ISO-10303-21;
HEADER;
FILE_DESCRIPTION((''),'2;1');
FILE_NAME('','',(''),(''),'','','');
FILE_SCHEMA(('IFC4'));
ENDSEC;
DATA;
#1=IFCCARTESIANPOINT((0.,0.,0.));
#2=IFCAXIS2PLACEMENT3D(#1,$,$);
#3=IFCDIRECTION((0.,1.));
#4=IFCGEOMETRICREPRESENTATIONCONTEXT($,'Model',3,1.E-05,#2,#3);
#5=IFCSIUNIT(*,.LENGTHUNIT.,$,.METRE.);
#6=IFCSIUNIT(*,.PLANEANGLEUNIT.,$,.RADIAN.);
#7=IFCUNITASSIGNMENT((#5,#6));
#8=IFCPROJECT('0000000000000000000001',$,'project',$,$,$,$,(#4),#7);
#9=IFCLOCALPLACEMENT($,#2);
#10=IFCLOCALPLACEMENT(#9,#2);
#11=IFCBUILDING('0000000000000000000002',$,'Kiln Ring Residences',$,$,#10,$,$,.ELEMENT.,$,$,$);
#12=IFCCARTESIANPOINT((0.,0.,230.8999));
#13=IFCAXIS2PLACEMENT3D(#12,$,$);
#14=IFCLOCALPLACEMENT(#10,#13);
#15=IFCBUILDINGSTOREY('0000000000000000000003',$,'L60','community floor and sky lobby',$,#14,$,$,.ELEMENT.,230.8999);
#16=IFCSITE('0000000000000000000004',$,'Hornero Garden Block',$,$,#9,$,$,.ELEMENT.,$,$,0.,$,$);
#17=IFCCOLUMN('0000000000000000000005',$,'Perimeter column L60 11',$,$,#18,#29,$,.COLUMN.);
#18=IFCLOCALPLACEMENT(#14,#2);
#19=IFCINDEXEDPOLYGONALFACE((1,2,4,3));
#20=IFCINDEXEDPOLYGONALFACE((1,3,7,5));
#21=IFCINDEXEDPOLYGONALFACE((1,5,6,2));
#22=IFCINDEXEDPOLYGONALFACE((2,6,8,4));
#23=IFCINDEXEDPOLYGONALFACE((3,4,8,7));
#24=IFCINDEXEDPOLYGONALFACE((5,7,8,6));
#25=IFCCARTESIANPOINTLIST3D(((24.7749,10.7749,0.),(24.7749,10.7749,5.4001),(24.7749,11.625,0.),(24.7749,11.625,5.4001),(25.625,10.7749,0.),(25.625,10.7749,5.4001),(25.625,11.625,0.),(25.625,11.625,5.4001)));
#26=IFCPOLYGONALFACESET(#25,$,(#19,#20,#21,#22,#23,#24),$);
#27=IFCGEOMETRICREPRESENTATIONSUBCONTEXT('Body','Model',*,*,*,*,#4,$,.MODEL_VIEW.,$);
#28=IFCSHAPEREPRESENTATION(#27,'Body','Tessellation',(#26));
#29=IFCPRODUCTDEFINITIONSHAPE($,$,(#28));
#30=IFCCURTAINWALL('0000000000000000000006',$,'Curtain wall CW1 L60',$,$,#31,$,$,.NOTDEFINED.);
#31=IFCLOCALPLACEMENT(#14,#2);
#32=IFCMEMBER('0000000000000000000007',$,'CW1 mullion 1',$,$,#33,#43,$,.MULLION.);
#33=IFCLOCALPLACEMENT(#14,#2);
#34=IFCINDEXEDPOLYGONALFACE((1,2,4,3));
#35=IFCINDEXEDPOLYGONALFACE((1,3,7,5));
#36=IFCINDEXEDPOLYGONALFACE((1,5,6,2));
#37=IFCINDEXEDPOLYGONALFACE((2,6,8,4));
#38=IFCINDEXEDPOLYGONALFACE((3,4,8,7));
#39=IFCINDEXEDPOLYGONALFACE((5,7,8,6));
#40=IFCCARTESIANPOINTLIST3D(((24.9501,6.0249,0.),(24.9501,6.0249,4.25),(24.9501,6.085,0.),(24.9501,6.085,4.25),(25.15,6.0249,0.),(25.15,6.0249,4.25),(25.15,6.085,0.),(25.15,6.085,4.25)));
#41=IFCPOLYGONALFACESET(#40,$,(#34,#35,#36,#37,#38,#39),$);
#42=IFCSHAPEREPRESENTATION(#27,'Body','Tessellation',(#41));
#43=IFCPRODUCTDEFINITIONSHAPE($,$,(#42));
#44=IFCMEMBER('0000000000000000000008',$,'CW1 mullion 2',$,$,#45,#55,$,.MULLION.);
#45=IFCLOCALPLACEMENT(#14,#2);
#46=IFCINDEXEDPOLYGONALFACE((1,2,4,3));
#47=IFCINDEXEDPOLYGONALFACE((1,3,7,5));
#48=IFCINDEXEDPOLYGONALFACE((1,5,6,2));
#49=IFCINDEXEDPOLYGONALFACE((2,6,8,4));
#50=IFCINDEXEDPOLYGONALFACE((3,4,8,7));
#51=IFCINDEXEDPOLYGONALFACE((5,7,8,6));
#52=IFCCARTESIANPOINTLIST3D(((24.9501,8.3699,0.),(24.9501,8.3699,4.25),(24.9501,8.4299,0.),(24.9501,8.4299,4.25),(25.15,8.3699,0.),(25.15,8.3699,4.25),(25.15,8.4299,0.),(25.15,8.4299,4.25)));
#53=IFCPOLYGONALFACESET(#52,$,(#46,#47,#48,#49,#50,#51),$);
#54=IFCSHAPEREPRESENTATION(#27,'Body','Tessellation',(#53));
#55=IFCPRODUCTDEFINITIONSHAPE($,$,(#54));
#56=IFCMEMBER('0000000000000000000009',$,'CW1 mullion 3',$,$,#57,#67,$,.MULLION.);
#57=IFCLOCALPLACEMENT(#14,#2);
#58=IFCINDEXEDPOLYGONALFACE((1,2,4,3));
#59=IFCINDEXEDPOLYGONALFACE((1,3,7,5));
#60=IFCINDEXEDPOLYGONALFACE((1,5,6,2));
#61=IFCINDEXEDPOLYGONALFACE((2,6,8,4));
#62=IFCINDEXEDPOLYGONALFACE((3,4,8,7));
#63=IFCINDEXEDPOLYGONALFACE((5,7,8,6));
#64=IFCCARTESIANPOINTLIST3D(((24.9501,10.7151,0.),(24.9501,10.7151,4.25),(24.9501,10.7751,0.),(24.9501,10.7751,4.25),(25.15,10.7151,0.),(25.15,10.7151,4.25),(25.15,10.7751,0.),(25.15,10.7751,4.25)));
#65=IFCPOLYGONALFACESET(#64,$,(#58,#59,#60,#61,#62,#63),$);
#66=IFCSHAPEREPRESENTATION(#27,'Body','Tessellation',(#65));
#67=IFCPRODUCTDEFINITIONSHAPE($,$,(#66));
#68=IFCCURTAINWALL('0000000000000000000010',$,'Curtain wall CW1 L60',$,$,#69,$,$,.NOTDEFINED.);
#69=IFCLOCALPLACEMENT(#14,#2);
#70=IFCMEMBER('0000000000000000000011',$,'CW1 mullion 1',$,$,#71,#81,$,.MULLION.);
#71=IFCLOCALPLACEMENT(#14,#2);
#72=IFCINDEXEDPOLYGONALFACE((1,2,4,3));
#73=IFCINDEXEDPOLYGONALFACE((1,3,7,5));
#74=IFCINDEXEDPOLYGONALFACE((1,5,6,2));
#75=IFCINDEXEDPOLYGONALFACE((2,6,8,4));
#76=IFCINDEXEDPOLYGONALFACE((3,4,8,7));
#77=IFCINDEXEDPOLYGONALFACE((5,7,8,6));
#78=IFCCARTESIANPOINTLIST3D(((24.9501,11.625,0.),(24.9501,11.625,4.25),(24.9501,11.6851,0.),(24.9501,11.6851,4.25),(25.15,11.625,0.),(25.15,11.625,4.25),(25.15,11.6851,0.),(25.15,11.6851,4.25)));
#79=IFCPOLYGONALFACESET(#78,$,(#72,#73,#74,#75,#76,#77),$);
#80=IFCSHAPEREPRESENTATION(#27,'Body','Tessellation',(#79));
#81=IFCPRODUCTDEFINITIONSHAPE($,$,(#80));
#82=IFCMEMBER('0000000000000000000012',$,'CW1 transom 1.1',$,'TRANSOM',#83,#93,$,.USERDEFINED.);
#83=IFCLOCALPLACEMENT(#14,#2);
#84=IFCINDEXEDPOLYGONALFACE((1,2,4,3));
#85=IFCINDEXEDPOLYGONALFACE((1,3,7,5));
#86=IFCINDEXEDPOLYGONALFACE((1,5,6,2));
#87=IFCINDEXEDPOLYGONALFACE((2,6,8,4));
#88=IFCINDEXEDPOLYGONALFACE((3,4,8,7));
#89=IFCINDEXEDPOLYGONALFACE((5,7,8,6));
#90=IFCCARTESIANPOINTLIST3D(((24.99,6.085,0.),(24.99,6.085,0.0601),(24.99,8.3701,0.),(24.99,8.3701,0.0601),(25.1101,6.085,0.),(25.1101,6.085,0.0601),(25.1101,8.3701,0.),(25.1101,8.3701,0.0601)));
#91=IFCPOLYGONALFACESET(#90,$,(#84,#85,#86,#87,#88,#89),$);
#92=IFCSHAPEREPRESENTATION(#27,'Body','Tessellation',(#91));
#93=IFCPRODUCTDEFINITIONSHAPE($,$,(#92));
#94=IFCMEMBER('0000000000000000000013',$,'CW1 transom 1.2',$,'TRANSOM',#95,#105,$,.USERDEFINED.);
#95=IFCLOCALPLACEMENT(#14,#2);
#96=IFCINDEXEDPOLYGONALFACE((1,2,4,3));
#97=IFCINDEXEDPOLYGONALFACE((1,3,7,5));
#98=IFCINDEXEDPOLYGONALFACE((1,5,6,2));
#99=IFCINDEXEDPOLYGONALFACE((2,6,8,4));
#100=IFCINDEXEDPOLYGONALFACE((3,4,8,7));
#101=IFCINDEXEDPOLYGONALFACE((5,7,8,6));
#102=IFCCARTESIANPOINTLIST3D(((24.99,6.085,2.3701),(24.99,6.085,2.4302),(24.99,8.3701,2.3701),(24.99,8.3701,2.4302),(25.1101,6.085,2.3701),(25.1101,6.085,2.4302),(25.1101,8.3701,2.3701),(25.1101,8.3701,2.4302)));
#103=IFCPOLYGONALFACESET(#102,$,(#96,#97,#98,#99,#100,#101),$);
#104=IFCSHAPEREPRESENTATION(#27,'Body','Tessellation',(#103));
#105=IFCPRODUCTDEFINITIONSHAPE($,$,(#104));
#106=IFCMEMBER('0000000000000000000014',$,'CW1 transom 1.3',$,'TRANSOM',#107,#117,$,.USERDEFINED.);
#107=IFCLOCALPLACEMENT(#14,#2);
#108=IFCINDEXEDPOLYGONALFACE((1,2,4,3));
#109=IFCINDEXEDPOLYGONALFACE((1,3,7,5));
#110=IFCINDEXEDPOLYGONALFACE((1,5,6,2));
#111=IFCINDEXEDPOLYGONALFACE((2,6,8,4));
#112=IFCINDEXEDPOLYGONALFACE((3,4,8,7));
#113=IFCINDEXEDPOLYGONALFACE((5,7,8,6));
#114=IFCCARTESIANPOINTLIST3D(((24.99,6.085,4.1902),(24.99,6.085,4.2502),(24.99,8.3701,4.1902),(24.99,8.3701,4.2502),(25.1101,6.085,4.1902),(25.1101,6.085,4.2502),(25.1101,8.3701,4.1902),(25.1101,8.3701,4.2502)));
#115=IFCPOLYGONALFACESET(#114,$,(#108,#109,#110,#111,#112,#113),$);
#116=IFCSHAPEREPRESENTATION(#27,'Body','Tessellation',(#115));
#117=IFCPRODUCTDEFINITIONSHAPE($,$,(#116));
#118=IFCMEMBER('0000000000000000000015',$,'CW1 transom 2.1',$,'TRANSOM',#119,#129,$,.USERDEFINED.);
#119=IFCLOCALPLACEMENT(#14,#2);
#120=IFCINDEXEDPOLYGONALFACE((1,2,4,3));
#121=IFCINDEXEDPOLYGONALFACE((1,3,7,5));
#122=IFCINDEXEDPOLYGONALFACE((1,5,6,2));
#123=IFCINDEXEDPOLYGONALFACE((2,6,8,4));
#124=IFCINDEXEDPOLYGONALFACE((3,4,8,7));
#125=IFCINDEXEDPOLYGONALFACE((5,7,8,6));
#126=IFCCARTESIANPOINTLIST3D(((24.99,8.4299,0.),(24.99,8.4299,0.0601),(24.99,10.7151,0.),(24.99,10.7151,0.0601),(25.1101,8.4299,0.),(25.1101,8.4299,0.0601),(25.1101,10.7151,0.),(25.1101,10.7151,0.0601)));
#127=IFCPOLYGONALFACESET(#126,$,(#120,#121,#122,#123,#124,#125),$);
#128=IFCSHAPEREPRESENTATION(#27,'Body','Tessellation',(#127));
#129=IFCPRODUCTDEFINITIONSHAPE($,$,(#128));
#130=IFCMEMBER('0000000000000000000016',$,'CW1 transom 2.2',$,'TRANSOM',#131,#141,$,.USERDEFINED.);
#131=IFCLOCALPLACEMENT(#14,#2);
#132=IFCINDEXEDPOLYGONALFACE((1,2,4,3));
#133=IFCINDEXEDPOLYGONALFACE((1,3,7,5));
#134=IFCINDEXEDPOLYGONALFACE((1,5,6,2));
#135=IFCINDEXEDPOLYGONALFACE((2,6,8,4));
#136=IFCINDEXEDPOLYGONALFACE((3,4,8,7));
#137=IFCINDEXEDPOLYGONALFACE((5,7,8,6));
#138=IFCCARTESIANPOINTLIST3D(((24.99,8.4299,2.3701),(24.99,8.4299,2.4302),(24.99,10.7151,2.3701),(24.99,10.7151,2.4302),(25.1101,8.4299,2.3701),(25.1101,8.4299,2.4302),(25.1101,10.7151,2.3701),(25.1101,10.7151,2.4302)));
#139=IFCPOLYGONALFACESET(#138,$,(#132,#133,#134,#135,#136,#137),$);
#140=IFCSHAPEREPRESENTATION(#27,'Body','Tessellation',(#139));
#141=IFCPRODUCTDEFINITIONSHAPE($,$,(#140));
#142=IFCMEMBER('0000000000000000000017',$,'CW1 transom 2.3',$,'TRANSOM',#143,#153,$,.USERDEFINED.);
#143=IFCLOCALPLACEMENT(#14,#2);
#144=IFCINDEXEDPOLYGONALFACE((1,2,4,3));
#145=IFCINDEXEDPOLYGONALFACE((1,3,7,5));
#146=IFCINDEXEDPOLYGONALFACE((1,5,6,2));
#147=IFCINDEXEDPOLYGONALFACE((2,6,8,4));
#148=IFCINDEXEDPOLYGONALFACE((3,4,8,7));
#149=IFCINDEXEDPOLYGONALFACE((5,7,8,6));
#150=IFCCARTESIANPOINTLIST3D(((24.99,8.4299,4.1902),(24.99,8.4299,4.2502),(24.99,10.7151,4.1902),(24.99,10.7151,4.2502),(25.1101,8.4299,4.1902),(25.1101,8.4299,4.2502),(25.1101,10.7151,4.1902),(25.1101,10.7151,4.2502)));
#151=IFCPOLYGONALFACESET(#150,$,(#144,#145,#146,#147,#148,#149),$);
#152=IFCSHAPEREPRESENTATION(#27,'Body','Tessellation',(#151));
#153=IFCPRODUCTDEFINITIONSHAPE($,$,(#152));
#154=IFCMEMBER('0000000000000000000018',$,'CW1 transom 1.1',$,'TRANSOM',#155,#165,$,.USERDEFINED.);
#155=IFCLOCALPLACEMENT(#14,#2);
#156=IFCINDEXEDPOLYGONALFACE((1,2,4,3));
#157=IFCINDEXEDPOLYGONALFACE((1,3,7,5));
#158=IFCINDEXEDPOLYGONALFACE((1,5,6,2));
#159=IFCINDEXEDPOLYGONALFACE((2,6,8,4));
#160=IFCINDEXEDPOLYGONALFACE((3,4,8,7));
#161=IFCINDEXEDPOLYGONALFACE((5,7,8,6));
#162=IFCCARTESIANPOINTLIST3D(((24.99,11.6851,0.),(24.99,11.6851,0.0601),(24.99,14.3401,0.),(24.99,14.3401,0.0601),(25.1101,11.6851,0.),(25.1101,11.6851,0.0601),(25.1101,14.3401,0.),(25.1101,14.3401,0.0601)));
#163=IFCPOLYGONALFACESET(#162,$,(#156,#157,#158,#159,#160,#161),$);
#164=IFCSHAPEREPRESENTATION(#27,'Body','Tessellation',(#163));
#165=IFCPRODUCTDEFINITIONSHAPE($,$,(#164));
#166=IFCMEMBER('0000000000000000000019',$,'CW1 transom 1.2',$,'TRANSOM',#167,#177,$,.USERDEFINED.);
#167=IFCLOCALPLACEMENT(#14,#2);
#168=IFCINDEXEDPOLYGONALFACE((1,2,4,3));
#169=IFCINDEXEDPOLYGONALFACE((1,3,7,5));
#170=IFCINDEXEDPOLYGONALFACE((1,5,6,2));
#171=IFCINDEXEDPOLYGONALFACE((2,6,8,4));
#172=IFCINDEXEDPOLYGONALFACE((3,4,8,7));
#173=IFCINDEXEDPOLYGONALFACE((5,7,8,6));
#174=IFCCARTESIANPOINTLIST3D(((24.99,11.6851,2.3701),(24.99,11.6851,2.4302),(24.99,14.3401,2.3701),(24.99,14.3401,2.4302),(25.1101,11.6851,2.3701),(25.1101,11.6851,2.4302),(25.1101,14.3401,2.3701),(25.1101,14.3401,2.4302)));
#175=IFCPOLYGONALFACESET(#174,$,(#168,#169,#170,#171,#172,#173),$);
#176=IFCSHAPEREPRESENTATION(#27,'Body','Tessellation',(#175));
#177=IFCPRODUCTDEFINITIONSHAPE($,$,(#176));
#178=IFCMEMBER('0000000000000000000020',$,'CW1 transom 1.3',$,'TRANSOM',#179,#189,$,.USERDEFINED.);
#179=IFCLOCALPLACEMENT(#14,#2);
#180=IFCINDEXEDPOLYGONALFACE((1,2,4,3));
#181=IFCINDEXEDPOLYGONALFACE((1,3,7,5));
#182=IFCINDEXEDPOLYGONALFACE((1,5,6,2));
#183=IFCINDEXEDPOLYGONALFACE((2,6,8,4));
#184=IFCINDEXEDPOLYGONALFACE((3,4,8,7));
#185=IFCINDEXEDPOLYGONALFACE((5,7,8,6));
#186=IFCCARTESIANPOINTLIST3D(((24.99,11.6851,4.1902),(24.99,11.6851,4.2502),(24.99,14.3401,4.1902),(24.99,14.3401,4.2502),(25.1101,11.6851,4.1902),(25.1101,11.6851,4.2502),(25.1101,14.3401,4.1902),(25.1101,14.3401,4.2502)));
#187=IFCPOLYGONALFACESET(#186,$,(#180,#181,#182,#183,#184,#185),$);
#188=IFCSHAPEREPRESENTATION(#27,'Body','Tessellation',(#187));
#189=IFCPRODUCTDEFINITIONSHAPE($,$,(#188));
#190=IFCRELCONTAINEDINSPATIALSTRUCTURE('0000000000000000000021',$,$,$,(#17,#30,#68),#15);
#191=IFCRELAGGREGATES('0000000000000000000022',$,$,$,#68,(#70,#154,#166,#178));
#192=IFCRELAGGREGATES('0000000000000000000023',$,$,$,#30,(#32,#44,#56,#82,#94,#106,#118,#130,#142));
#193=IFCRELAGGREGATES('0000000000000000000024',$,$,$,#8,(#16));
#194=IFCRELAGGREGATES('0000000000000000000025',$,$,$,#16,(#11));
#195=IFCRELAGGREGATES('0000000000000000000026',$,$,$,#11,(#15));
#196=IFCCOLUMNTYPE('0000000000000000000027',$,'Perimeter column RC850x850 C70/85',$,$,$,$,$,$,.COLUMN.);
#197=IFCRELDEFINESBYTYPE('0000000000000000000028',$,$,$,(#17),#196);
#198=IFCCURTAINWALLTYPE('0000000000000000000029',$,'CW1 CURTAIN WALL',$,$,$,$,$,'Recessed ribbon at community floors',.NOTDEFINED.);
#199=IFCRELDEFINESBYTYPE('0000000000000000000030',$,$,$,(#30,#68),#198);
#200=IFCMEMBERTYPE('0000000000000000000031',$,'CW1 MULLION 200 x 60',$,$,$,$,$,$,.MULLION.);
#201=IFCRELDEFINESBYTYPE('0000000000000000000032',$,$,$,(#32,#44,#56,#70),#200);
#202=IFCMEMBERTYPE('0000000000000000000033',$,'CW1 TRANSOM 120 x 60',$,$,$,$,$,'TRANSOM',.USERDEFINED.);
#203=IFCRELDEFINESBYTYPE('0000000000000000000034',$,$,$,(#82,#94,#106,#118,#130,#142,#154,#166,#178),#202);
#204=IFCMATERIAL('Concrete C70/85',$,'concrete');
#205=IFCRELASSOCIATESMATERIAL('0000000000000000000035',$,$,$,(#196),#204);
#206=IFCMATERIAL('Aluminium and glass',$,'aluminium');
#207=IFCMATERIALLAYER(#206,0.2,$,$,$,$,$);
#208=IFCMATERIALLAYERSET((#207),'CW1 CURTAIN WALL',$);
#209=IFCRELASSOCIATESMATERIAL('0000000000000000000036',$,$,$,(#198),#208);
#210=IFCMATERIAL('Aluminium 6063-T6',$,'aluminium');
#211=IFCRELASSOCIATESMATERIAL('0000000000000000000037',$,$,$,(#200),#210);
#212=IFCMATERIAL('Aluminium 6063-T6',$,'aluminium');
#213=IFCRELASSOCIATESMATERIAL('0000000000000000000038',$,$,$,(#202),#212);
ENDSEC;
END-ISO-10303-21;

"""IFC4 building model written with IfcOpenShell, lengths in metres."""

from ifc_helpers import new_model, si_unit, direction, frame, origin, origin_2d, place, context, subcontext, project, spatial, rectangle, extrude, material, layer, layer_set, material_profile, profile_set, type_object, element, aggregate, save


model = new_model("IFC4")

# Units and contexts
model_context = context("Model", 3, precision=1e-05, world=origin(), true_north=direction((0.0, 1.0)))
body_context = subcontext(model_context, "Body", "Model", "MODEL_VIEW")
ifc_project = project(units=[si_unit("LENGTHUNIT", "METRE"), si_unit("PLANEANGLEUNIT", "RADIAN")], contexts=[model_context])

# Site, building, storey
site_placement = place(None, origin())
site = spatial("IfcSite", under=ifc_project, at=site_placement, Name="Hornero Garden Block", CompositionType="ELEMENT", RefElevation=0.0)
building_placement = place(site_placement, origin())
building = spatial("IfcBuilding", under=site, at=building_placement, Name="Kiln Ring Residences", CompositionType="ELEMENT")
storey_placement = place(building_placement, frame((0.0, 0.0, 230.8999)))
storey = spatial("IfcBuildingStorey", under=building, at=storey_placement, Name="L60", Description="community floor and sky lobby", CompositionType="ELEMENT", Elevation=230.8999)

# Column
ifc_material_1 = material(Name="Concrete C70/85", Category="concrete")
ifc_material_profile_1 = material_profile(ifc_material_1, rectangle(XDim=0.8501, YDim=0.8501, at=origin_2d()), Name="RC850x850")
ifc_profile_set_1 = profile_set([ifc_material_profile_1], Name="Concrete C70/85")
column_type = type_object("IfcColumnType", Name="Perimeter column RC850x850 C70/85", PredefinedType="COLUMN", material=ifc_profile_set_1)
column_placement = place(storey_placement, frame((25.2, 11.2, 0.0), z_axis=(0.0, 0.0, 1.0), x_axis=(1.0, 0.0, 0.0)))
element("IfcColumn", 1, at=column_placement, inside=storey, type_object=column_type, Name="Perimeter column L60 11", PredefinedType="COLUMN", context=body_context, shape_type="SweptSolid", body=[
    extrude(rectangle(XDim=0.8501, YDim=0.8501, at=origin_2d()), origin(), (0.0, 0.0, 1.0), 5.4001),
])

# Curtain wall, members
ifc_material_2 = material(Name="Aluminium and glass", Category="aluminium")
ifc_layer_1 = layer(ifc_material_2, 0.2)
ifc_layer_set_1 = layer_set([ifc_layer_1], Name="CW1 CURTAIN WALL")
curtain_wall_type = type_object("IfcCurtainWallType", Name="CW1 CURTAIN WALL", ElementType="Recessed ribbon at community floors", PredefinedType="NOTDEFINED", material=ifc_layer_set_1)
placement = place(storey_placement, origin())
curtain_wall_1 = element("IfcCurtainWall", 2, at=placement, inside=storey, type_object=curtain_wall_type, Name="Curtain wall CW1 L60", PredefinedType="NOTDEFINED")
ifc_material_3 = material(Name="Aluminium 6063-T6", Category="aluminium")
ifc_material_profile_2 = material_profile(ifc_material_3, rectangle(XDim=0.2, YDim=0.0601, at=origin_2d()), Name="AL 200x60")
ifc_profile_set_2 = profile_set([ifc_material_profile_2], Name="Aluminium 6063-T6")
member_type_1 = type_object("IfcMemberType", Name="CW1 MULLION 200 x 60", PredefinedType="MULLION", material=ifc_profile_set_2)
member_1_placement = place(storey_placement, frame((25.05, 6.0549, 0.0), z_axis=(0.0, 0.0, 1.0), x_axis=(-1.0, 0.0, 0.0)))
member_1 = element("IfcMember", 3, at=member_1_placement, type_object=member_type_1, Name="CW1 mullion 1", PredefinedType="MULLION", context=body_context, shape_type="SweptSolid", body=[
    extrude(rectangle(XDim=0.2, YDim=0.0601, at=origin_2d()), origin(), (0.0, 0.0, 1.0), 4.25),
])
member_2_placement = place(storey_placement, frame((25.05, 8.3999, 0.0), z_axis=(0.0, 0.0, 1.0), x_axis=(-1.0, 0.0, 0.0)))
member_2 = element("IfcMember", 4, at=member_2_placement, type_object=member_type_1, Name="CW1 mullion 2", PredefinedType="MULLION", context=body_context, shape_type="SweptSolid", body=[
    extrude(rectangle(XDim=0.2, YDim=0.0601, at=origin_2d()), origin(), (0.0, 0.0, 1.0), 4.25),
])
member_3_placement = place(storey_placement, frame((25.05, 10.7451, 0.0), z_axis=(0.0, 0.0, 1.0), x_axis=(-1.0, 0.0, 0.0)))
member_3 = element("IfcMember", 5, at=member_3_placement, type_object=member_type_1, Name="CW1 mullion 3", PredefinedType="MULLION", context=body_context, shape_type="SweptSolid", body=[
    extrude(rectangle(XDim=0.2, YDim=0.0601, at=origin_2d()), origin(), (0.0, 0.0, 1.0), 4.25),
])

# Curtain wall, member
curtain_wall_2 = element("IfcCurtainWall", 6, at=placement, inside=storey, type_object=curtain_wall_type, Name="Curtain wall CW1 L60", PredefinedType="NOTDEFINED")
member_4_placement = place(storey_placement, frame((25.05, 11.655, 0.0), z_axis=(0.0, 0.0, 1.0), x_axis=(-1.0, 0.0, 0.0)))
member_4 = element("IfcMember", 7, at=member_4_placement, type_object=member_type_1, Name="CW1 mullion 1", PredefinedType="MULLION", context=body_context, shape_type="SweptSolid", body=[
    extrude(rectangle(XDim=0.2, YDim=0.0601, at=origin_2d()), origin(), (0.0, 0.0, 1.0), 4.25),
])

# Members
ifc_material_4 = material(Name="Aluminium 6063-T6", Category="aluminium")
ifc_material_profile_3 = material_profile(ifc_material_4, rectangle(XDim=0.1201, YDim=0.0601, at=origin_2d()), Name="AL 120x60")
ifc_profile_set_3 = profile_set([ifc_material_profile_3], Name="Aluminium 6063-T6")
member_type_2 = type_object("IfcMemberType", Name="CW1 TRANSOM 120 x 60", ElementType="TRANSOM", PredefinedType="USERDEFINED", material=ifc_profile_set_3)
member_5_placement = place(storey_placement, frame((25.05, 6.085, 0.03), z_axis=(0.0, 1.0, 0.0), x_axis=(-1.0, 0.0, 0.0)))
member_5 = element("IfcMember", 8, at=member_5_placement, type_object=member_type_2, Name="CW1 transom 1.1", ObjectType="TRANSOM", PredefinedType="USERDEFINED", context=body_context, shape_type="SweptSolid", body=[
    extrude(rectangle(XDim=0.1201, YDim=0.0601, at=origin_2d()), origin(), (0.0, 0.0, 1.0), 2.2852),
])
member_6_placement = place(storey_placement, frame((25.05, 6.085, 2.4001), z_axis=(0.0, 1.0, 0.0), x_axis=(-1.0, 0.0, 0.0)))
member_6 = element("IfcMember", 9, at=member_6_placement, type_object=member_type_2, Name="CW1 transom 1.2", ObjectType="TRANSOM", PredefinedType="USERDEFINED", context=body_context, shape_type="SweptSolid", body=[
    extrude(rectangle(XDim=0.1201, YDim=0.0601, at=origin_2d()), origin(), (0.0, 0.0, 1.0), 2.2852),
])
member_7_placement = place(storey_placement, frame((25.05, 6.085, 4.2202), z_axis=(0.0, 1.0, 0.0), x_axis=(-1.0, 0.0, 0.0)))
member_7 = element("IfcMember", 10, at=member_7_placement, type_object=member_type_2, Name="CW1 transom 1.3", ObjectType="TRANSOM", PredefinedType="USERDEFINED", context=body_context, shape_type="SweptSolid", body=[
    extrude(rectangle(XDim=0.1201, YDim=0.0601, at=origin_2d()), origin(), (0.0, 0.0, 1.0), 2.2852),
])
member_8_placement = place(storey_placement, frame((25.05, 8.4299, 0.03), z_axis=(0.0, 1.0, 0.0), x_axis=(-1.0, 0.0, 0.0)))
member_8 = element("IfcMember", 11, at=member_8_placement, type_object=member_type_2, Name="CW1 transom 2.1", ObjectType="TRANSOM", PredefinedType="USERDEFINED", context=body_context, shape_type="SweptSolid", body=[
    extrude(rectangle(XDim=0.1201, YDim=0.0601, at=origin_2d()), origin(), (0.0, 0.0, 1.0), 2.2852),
])
member_9_placement = place(storey_placement, frame((25.05, 8.4299, 2.4001), z_axis=(0.0, 1.0, 0.0), x_axis=(-1.0, 0.0, 0.0)))
member_9 = element("IfcMember", 12, at=member_9_placement, type_object=member_type_2, Name="CW1 transom 2.2", ObjectType="TRANSOM", PredefinedType="USERDEFINED", context=body_context, shape_type="SweptSolid", body=[
    extrude(rectangle(XDim=0.1201, YDim=0.0601, at=origin_2d()), origin(), (0.0, 0.0, 1.0), 2.2852),
])
member_10_placement = place(storey_placement, frame((25.05, 8.4299, 4.2202), z_axis=(0.0, 1.0, 0.0), x_axis=(-1.0, 0.0, 0.0)))
member_10 = element("IfcMember", 13, at=member_10_placement, type_object=member_type_2, Name="CW1 transom 2.3", ObjectType="TRANSOM", PredefinedType="USERDEFINED", context=body_context, shape_type="SweptSolid", body=[
    extrude(rectangle(XDim=0.1201, YDim=0.0601, at=origin_2d()), origin(), (0.0, 0.0, 1.0), 2.2852),
])
member_11_placement = place(storey_placement, frame((25.05, 11.6851, 0.03), z_axis=(0.0, 1.0, 0.0), x_axis=(-1.0, 0.0, 0.0)))
member_11 = element("IfcMember", 14, at=member_11_placement, type_object=member_type_2, Name="CW1 transom 1.1", ObjectType="TRANSOM", PredefinedType="USERDEFINED", context=body_context, shape_type="SweptSolid", body=[
    extrude(rectangle(XDim=0.1201, YDim=0.0601, at=origin_2d()), origin(), (0.0, 0.0, 1.0), 2.655),
])
member_12_placement = place(storey_placement, frame((25.05, 11.6851, 2.4001), z_axis=(0.0, 1.0, 0.0), x_axis=(-1.0, 0.0, 0.0)))
member_12 = element("IfcMember", 15, at=member_12_placement, type_object=member_type_2, Name="CW1 transom 1.2", ObjectType="TRANSOM", PredefinedType="USERDEFINED", context=body_context, shape_type="SweptSolid", body=[
    extrude(rectangle(XDim=0.1201, YDim=0.0601, at=origin_2d()), origin(), (0.0, 0.0, 1.0), 2.655),
])
member_13_placement = place(storey_placement, frame((25.05, 11.6851, 4.2202), z_axis=(0.0, 1.0, 0.0), x_axis=(-1.0, 0.0, 0.0)))
member_13 = element("IfcMember", 16, at=member_13_placement, type_object=member_type_2, Name="CW1 transom 1.3", ObjectType="TRANSOM", PredefinedType="USERDEFINED", context=body_context, shape_type="SweptSolid", body=[
    extrude(rectangle(XDim=0.1201, YDim=0.0601, at=origin_2d()), origin(), (0.0, 0.0, 1.0), 2.655),
])
aggregate(curtain_wall_2, [member_4, member_11, member_12, member_13])

aggregate(curtain_wall_1, [member_1, member_2, member_3, member_5, member_6, member_7, member_8, member_9, member_10])

save(model, "model.ifc")
